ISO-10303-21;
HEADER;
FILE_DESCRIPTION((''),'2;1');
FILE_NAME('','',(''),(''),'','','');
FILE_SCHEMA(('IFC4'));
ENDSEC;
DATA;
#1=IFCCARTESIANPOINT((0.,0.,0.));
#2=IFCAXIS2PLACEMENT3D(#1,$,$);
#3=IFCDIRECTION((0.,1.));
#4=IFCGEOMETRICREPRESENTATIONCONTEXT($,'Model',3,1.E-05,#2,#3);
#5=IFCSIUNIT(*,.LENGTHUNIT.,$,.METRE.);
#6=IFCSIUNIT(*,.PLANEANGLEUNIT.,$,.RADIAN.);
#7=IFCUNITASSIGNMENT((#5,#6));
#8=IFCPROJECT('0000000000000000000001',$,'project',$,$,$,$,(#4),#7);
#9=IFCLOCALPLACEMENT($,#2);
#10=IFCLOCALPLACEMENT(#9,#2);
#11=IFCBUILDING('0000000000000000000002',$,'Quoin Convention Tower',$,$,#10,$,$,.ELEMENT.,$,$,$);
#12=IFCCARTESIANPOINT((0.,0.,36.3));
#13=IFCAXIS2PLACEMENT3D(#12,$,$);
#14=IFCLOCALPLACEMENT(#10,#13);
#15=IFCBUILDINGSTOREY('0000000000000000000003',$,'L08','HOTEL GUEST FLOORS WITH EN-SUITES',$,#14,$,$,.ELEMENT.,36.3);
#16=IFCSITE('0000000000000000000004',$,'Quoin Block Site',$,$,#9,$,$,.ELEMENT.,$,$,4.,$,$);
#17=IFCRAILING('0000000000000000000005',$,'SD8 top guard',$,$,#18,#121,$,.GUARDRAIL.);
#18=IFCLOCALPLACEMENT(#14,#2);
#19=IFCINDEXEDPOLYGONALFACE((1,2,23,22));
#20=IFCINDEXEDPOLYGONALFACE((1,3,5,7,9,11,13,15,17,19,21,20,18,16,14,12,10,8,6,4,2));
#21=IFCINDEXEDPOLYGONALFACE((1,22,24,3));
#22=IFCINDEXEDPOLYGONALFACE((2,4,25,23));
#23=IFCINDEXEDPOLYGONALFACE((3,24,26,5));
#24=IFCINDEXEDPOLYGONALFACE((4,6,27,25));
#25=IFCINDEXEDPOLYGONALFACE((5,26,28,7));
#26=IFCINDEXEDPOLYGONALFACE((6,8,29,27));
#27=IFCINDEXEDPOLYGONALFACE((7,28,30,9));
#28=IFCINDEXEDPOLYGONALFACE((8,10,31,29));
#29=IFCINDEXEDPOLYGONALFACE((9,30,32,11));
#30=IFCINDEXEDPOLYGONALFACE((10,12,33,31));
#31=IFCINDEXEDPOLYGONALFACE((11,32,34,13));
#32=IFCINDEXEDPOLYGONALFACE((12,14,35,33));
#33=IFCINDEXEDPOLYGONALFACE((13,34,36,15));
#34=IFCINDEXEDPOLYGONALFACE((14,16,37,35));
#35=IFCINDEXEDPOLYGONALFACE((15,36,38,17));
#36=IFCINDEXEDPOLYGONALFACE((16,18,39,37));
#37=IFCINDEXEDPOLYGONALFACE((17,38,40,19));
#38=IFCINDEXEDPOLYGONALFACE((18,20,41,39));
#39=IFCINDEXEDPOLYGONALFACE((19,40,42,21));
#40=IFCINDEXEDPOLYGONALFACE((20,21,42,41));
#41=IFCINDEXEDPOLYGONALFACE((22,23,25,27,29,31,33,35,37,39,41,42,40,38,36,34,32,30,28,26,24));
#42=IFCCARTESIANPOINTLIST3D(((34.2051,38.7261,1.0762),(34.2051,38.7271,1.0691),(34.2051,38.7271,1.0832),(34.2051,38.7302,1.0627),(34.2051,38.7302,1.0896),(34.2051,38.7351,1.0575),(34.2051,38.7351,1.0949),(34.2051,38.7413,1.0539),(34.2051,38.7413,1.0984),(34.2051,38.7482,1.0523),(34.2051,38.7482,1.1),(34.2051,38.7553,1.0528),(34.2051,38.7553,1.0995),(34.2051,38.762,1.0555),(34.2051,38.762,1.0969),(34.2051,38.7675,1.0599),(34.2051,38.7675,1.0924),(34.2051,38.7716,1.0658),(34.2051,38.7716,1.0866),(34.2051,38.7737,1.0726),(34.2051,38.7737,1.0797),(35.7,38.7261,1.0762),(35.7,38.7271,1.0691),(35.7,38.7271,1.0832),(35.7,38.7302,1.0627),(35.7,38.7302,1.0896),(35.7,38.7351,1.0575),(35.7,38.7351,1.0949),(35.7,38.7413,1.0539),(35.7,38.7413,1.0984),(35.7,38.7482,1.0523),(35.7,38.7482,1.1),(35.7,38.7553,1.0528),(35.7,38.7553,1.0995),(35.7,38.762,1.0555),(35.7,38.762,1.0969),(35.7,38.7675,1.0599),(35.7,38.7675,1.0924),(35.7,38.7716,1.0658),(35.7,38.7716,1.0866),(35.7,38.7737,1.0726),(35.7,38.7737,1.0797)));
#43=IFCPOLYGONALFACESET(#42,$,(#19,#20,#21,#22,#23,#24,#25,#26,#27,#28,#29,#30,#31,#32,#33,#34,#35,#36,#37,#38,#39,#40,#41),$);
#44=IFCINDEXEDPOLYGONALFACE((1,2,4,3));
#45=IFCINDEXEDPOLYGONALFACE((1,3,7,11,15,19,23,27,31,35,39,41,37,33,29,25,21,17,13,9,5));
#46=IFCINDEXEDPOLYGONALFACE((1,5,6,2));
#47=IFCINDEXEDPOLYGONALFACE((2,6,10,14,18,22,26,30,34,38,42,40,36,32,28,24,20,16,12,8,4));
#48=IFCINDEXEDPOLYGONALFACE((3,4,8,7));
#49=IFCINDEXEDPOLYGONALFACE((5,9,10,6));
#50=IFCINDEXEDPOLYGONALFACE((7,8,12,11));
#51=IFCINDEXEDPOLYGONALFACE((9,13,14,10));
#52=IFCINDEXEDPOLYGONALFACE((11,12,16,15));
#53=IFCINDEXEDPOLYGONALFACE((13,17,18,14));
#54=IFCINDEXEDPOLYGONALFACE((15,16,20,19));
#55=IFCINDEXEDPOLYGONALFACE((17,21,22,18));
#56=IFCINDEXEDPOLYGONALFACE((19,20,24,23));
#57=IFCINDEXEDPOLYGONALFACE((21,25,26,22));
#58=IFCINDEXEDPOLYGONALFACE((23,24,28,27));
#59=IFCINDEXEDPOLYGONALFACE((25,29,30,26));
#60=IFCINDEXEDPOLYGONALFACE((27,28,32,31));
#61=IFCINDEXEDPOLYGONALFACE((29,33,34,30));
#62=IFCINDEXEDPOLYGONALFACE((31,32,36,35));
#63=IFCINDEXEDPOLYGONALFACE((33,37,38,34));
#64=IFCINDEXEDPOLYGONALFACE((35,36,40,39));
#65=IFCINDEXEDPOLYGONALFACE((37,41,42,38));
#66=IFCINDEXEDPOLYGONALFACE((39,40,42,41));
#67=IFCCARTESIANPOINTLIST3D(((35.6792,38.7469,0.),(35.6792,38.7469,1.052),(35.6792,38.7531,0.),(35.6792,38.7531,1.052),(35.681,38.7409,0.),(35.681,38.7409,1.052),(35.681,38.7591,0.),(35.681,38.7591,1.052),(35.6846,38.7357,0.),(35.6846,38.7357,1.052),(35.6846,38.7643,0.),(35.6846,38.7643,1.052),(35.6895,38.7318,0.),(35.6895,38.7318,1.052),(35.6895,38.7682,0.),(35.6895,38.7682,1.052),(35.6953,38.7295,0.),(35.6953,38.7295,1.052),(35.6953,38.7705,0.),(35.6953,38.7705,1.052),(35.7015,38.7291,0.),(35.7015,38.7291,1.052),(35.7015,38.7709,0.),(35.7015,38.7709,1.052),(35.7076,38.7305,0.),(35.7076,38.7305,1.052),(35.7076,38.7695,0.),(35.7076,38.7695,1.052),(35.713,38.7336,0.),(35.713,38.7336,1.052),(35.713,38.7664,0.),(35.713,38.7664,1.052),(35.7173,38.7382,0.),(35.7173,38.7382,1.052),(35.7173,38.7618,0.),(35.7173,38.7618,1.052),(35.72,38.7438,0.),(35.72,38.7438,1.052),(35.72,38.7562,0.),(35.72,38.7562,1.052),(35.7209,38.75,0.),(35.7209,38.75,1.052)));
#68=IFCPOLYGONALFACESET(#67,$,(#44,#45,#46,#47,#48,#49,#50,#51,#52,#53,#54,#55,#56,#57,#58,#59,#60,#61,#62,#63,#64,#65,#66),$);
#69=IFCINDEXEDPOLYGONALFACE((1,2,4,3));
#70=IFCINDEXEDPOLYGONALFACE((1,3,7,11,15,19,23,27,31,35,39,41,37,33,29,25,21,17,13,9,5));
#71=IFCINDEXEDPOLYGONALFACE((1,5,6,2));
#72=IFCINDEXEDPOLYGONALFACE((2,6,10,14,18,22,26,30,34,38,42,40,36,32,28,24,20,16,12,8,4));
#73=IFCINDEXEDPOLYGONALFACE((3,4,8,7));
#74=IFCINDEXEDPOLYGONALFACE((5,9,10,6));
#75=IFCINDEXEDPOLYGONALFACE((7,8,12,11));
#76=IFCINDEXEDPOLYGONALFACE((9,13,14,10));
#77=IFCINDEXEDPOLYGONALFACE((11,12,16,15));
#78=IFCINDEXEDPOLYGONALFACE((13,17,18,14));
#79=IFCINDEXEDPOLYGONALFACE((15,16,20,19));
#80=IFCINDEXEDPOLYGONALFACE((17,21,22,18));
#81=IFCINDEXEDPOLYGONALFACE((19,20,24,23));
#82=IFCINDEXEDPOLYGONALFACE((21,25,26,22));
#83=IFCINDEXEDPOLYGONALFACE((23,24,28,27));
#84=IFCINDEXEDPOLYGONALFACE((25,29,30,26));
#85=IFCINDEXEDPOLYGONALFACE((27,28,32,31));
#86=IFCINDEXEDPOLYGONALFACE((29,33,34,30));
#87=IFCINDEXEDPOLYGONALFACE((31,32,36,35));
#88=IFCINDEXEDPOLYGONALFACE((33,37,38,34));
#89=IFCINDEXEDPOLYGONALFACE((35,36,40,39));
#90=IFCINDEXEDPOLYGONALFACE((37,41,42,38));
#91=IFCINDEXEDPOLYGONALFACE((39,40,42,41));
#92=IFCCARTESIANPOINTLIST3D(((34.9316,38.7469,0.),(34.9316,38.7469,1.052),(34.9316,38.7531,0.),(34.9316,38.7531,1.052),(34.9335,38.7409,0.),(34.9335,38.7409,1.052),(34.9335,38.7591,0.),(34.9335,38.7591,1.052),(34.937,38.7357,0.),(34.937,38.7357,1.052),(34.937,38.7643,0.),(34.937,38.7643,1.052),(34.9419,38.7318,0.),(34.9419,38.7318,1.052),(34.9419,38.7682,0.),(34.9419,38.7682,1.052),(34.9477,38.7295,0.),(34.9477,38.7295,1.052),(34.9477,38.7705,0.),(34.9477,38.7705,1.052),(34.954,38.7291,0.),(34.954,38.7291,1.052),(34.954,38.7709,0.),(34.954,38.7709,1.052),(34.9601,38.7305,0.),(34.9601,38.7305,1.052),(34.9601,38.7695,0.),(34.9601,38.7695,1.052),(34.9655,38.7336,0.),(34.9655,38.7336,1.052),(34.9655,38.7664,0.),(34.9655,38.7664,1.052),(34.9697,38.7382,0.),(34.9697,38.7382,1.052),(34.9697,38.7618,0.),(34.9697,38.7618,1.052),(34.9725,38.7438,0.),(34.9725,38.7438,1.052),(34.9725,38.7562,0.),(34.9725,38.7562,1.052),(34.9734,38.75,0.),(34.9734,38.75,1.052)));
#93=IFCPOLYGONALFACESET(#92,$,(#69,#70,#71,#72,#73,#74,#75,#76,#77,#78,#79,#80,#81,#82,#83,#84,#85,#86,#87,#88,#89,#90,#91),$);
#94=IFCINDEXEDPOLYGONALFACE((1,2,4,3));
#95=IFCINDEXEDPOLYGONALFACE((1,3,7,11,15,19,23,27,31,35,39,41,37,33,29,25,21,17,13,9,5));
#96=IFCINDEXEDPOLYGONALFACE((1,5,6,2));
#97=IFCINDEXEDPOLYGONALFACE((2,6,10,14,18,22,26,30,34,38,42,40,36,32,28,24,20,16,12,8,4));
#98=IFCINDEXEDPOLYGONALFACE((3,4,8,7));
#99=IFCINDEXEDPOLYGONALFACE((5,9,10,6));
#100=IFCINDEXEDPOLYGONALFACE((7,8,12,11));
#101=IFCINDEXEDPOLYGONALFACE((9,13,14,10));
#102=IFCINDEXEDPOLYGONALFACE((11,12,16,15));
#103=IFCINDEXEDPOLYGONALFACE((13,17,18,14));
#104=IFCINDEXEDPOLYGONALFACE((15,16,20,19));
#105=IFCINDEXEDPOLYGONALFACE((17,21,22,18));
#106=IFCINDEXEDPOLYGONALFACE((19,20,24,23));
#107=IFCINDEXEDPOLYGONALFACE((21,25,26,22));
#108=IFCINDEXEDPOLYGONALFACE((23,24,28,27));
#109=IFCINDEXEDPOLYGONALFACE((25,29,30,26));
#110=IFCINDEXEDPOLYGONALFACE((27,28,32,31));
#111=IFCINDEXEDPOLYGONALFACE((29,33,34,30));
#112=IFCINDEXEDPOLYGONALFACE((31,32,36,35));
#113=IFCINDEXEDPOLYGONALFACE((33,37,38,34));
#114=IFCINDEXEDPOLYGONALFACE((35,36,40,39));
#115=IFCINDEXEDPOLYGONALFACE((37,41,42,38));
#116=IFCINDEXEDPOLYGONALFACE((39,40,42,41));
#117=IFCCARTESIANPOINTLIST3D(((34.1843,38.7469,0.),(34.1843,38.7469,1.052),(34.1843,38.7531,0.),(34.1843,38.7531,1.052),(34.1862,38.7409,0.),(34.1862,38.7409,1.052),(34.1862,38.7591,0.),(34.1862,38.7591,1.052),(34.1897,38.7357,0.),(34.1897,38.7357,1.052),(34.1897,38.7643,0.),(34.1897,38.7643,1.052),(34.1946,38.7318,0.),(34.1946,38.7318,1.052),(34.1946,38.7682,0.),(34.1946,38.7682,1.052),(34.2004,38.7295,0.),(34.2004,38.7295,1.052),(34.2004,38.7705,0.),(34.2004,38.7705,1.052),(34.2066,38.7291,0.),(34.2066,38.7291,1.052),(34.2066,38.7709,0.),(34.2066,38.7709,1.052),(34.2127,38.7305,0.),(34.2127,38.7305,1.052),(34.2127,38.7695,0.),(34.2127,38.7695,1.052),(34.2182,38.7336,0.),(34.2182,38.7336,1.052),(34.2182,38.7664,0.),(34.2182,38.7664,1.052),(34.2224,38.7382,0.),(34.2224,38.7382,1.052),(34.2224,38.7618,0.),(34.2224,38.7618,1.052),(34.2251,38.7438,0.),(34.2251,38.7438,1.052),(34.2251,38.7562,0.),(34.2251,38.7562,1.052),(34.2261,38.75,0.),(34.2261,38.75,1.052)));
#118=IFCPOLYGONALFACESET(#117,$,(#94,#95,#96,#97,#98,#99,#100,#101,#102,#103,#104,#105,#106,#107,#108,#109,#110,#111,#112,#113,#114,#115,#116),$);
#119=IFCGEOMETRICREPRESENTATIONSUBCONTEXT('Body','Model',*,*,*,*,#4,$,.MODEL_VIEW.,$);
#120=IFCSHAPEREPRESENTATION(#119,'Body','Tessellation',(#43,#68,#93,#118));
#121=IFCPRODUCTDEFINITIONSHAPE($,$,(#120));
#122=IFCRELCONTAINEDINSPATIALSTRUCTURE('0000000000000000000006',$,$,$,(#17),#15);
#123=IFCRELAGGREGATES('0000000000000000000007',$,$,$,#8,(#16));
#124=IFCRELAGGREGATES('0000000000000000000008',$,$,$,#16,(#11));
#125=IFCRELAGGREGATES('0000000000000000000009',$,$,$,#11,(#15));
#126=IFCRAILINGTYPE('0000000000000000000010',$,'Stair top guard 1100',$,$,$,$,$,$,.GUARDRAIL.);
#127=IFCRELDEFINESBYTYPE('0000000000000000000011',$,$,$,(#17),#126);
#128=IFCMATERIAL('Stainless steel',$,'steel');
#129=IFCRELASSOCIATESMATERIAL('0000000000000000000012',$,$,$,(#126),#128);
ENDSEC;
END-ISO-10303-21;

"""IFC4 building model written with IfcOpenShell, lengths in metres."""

from ifc_helpers import new_model, si_unit, direction, frame, origin, origin_2d, place, context, subcontext, project, spatial, circle, extrude, material, type_object, element, save


model = new_model("IFC4")

# Units and contexts
model_context = context("Model", 3, precision=1e-05, world=origin(), true_north=direction((0.0, 1.0)))
body_context = subcontext(model_context, "Body", "Model", "MODEL_VIEW")
ifc_project = project(units=[si_unit("LENGTHUNIT", "METRE"), si_unit("PLANEANGLEUNIT", "RADIAN")], contexts=[model_context])

# Site, building, storey
site_placement = place(None, origin())
site = spatial("IfcSite", under=ifc_project, at=site_placement, Name="Quoin Block Site", CompositionType="ELEMENT", RefElevation=4.0)
building_placement = place(site_placement, origin())
building = spatial("IfcBuilding", under=site, at=building_placement, Name="Quoin Convention Tower", CompositionType="ELEMENT")
storey_placement = place(building_placement, frame((0.0, 0.0, 36.3)))
storey = spatial("IfcBuildingStorey", under=building, at=storey_placement, Name="L08", Description="HOTEL GUEST FLOORS WITH EN-SUITES", CompositionType="ELEMENT", Elevation=36.3)

# Railing
ifc_material_1 = material(Name="Stainless steel", Category="steel")
railing_type_1 = type_object("IfcRailingType", Name="Stair top guard 1100", PredefinedType="GUARDRAIL", material=ifc_material_1)
railing_1_placement = place(storey_placement, frame((35.7, 38.75, 0.0)))
element("IfcRailing", 1, at=railing_1_placement, inside=storey, type_object=railing_type_1, Name="SD8 top guard", PredefinedType="GUARDRAIL", context=body_context, shape_type="SweptSolid", body=[
    extrude(circle(Radius=0.0239, at=origin_2d()), frame((0.0, 0.0, 1.0762), z_axis=(-1.0, 0.0, 0.0), x_axis=(0.0, -1.0, 0.0)), (0.0, 0.0, 1.0), 1.4949),
    extrude(circle(Radius=0.021, at=origin_2d()), origin(), (0.0, 0.0, 1.0), 1.052),
    extrude(circle(Radius=0.021, at=origin_2d()), frame((-0.7476, 0.0, 0.0)), (0.0, 0.0, 1.0), 1.052),
    extrude(circle(Radius=0.021, at=origin_2d()), frame((-1.4949, 0.0, 0.0)), (0.0, 0.0, 1.0), 1.052),
])

save(model, "model.ifc")
